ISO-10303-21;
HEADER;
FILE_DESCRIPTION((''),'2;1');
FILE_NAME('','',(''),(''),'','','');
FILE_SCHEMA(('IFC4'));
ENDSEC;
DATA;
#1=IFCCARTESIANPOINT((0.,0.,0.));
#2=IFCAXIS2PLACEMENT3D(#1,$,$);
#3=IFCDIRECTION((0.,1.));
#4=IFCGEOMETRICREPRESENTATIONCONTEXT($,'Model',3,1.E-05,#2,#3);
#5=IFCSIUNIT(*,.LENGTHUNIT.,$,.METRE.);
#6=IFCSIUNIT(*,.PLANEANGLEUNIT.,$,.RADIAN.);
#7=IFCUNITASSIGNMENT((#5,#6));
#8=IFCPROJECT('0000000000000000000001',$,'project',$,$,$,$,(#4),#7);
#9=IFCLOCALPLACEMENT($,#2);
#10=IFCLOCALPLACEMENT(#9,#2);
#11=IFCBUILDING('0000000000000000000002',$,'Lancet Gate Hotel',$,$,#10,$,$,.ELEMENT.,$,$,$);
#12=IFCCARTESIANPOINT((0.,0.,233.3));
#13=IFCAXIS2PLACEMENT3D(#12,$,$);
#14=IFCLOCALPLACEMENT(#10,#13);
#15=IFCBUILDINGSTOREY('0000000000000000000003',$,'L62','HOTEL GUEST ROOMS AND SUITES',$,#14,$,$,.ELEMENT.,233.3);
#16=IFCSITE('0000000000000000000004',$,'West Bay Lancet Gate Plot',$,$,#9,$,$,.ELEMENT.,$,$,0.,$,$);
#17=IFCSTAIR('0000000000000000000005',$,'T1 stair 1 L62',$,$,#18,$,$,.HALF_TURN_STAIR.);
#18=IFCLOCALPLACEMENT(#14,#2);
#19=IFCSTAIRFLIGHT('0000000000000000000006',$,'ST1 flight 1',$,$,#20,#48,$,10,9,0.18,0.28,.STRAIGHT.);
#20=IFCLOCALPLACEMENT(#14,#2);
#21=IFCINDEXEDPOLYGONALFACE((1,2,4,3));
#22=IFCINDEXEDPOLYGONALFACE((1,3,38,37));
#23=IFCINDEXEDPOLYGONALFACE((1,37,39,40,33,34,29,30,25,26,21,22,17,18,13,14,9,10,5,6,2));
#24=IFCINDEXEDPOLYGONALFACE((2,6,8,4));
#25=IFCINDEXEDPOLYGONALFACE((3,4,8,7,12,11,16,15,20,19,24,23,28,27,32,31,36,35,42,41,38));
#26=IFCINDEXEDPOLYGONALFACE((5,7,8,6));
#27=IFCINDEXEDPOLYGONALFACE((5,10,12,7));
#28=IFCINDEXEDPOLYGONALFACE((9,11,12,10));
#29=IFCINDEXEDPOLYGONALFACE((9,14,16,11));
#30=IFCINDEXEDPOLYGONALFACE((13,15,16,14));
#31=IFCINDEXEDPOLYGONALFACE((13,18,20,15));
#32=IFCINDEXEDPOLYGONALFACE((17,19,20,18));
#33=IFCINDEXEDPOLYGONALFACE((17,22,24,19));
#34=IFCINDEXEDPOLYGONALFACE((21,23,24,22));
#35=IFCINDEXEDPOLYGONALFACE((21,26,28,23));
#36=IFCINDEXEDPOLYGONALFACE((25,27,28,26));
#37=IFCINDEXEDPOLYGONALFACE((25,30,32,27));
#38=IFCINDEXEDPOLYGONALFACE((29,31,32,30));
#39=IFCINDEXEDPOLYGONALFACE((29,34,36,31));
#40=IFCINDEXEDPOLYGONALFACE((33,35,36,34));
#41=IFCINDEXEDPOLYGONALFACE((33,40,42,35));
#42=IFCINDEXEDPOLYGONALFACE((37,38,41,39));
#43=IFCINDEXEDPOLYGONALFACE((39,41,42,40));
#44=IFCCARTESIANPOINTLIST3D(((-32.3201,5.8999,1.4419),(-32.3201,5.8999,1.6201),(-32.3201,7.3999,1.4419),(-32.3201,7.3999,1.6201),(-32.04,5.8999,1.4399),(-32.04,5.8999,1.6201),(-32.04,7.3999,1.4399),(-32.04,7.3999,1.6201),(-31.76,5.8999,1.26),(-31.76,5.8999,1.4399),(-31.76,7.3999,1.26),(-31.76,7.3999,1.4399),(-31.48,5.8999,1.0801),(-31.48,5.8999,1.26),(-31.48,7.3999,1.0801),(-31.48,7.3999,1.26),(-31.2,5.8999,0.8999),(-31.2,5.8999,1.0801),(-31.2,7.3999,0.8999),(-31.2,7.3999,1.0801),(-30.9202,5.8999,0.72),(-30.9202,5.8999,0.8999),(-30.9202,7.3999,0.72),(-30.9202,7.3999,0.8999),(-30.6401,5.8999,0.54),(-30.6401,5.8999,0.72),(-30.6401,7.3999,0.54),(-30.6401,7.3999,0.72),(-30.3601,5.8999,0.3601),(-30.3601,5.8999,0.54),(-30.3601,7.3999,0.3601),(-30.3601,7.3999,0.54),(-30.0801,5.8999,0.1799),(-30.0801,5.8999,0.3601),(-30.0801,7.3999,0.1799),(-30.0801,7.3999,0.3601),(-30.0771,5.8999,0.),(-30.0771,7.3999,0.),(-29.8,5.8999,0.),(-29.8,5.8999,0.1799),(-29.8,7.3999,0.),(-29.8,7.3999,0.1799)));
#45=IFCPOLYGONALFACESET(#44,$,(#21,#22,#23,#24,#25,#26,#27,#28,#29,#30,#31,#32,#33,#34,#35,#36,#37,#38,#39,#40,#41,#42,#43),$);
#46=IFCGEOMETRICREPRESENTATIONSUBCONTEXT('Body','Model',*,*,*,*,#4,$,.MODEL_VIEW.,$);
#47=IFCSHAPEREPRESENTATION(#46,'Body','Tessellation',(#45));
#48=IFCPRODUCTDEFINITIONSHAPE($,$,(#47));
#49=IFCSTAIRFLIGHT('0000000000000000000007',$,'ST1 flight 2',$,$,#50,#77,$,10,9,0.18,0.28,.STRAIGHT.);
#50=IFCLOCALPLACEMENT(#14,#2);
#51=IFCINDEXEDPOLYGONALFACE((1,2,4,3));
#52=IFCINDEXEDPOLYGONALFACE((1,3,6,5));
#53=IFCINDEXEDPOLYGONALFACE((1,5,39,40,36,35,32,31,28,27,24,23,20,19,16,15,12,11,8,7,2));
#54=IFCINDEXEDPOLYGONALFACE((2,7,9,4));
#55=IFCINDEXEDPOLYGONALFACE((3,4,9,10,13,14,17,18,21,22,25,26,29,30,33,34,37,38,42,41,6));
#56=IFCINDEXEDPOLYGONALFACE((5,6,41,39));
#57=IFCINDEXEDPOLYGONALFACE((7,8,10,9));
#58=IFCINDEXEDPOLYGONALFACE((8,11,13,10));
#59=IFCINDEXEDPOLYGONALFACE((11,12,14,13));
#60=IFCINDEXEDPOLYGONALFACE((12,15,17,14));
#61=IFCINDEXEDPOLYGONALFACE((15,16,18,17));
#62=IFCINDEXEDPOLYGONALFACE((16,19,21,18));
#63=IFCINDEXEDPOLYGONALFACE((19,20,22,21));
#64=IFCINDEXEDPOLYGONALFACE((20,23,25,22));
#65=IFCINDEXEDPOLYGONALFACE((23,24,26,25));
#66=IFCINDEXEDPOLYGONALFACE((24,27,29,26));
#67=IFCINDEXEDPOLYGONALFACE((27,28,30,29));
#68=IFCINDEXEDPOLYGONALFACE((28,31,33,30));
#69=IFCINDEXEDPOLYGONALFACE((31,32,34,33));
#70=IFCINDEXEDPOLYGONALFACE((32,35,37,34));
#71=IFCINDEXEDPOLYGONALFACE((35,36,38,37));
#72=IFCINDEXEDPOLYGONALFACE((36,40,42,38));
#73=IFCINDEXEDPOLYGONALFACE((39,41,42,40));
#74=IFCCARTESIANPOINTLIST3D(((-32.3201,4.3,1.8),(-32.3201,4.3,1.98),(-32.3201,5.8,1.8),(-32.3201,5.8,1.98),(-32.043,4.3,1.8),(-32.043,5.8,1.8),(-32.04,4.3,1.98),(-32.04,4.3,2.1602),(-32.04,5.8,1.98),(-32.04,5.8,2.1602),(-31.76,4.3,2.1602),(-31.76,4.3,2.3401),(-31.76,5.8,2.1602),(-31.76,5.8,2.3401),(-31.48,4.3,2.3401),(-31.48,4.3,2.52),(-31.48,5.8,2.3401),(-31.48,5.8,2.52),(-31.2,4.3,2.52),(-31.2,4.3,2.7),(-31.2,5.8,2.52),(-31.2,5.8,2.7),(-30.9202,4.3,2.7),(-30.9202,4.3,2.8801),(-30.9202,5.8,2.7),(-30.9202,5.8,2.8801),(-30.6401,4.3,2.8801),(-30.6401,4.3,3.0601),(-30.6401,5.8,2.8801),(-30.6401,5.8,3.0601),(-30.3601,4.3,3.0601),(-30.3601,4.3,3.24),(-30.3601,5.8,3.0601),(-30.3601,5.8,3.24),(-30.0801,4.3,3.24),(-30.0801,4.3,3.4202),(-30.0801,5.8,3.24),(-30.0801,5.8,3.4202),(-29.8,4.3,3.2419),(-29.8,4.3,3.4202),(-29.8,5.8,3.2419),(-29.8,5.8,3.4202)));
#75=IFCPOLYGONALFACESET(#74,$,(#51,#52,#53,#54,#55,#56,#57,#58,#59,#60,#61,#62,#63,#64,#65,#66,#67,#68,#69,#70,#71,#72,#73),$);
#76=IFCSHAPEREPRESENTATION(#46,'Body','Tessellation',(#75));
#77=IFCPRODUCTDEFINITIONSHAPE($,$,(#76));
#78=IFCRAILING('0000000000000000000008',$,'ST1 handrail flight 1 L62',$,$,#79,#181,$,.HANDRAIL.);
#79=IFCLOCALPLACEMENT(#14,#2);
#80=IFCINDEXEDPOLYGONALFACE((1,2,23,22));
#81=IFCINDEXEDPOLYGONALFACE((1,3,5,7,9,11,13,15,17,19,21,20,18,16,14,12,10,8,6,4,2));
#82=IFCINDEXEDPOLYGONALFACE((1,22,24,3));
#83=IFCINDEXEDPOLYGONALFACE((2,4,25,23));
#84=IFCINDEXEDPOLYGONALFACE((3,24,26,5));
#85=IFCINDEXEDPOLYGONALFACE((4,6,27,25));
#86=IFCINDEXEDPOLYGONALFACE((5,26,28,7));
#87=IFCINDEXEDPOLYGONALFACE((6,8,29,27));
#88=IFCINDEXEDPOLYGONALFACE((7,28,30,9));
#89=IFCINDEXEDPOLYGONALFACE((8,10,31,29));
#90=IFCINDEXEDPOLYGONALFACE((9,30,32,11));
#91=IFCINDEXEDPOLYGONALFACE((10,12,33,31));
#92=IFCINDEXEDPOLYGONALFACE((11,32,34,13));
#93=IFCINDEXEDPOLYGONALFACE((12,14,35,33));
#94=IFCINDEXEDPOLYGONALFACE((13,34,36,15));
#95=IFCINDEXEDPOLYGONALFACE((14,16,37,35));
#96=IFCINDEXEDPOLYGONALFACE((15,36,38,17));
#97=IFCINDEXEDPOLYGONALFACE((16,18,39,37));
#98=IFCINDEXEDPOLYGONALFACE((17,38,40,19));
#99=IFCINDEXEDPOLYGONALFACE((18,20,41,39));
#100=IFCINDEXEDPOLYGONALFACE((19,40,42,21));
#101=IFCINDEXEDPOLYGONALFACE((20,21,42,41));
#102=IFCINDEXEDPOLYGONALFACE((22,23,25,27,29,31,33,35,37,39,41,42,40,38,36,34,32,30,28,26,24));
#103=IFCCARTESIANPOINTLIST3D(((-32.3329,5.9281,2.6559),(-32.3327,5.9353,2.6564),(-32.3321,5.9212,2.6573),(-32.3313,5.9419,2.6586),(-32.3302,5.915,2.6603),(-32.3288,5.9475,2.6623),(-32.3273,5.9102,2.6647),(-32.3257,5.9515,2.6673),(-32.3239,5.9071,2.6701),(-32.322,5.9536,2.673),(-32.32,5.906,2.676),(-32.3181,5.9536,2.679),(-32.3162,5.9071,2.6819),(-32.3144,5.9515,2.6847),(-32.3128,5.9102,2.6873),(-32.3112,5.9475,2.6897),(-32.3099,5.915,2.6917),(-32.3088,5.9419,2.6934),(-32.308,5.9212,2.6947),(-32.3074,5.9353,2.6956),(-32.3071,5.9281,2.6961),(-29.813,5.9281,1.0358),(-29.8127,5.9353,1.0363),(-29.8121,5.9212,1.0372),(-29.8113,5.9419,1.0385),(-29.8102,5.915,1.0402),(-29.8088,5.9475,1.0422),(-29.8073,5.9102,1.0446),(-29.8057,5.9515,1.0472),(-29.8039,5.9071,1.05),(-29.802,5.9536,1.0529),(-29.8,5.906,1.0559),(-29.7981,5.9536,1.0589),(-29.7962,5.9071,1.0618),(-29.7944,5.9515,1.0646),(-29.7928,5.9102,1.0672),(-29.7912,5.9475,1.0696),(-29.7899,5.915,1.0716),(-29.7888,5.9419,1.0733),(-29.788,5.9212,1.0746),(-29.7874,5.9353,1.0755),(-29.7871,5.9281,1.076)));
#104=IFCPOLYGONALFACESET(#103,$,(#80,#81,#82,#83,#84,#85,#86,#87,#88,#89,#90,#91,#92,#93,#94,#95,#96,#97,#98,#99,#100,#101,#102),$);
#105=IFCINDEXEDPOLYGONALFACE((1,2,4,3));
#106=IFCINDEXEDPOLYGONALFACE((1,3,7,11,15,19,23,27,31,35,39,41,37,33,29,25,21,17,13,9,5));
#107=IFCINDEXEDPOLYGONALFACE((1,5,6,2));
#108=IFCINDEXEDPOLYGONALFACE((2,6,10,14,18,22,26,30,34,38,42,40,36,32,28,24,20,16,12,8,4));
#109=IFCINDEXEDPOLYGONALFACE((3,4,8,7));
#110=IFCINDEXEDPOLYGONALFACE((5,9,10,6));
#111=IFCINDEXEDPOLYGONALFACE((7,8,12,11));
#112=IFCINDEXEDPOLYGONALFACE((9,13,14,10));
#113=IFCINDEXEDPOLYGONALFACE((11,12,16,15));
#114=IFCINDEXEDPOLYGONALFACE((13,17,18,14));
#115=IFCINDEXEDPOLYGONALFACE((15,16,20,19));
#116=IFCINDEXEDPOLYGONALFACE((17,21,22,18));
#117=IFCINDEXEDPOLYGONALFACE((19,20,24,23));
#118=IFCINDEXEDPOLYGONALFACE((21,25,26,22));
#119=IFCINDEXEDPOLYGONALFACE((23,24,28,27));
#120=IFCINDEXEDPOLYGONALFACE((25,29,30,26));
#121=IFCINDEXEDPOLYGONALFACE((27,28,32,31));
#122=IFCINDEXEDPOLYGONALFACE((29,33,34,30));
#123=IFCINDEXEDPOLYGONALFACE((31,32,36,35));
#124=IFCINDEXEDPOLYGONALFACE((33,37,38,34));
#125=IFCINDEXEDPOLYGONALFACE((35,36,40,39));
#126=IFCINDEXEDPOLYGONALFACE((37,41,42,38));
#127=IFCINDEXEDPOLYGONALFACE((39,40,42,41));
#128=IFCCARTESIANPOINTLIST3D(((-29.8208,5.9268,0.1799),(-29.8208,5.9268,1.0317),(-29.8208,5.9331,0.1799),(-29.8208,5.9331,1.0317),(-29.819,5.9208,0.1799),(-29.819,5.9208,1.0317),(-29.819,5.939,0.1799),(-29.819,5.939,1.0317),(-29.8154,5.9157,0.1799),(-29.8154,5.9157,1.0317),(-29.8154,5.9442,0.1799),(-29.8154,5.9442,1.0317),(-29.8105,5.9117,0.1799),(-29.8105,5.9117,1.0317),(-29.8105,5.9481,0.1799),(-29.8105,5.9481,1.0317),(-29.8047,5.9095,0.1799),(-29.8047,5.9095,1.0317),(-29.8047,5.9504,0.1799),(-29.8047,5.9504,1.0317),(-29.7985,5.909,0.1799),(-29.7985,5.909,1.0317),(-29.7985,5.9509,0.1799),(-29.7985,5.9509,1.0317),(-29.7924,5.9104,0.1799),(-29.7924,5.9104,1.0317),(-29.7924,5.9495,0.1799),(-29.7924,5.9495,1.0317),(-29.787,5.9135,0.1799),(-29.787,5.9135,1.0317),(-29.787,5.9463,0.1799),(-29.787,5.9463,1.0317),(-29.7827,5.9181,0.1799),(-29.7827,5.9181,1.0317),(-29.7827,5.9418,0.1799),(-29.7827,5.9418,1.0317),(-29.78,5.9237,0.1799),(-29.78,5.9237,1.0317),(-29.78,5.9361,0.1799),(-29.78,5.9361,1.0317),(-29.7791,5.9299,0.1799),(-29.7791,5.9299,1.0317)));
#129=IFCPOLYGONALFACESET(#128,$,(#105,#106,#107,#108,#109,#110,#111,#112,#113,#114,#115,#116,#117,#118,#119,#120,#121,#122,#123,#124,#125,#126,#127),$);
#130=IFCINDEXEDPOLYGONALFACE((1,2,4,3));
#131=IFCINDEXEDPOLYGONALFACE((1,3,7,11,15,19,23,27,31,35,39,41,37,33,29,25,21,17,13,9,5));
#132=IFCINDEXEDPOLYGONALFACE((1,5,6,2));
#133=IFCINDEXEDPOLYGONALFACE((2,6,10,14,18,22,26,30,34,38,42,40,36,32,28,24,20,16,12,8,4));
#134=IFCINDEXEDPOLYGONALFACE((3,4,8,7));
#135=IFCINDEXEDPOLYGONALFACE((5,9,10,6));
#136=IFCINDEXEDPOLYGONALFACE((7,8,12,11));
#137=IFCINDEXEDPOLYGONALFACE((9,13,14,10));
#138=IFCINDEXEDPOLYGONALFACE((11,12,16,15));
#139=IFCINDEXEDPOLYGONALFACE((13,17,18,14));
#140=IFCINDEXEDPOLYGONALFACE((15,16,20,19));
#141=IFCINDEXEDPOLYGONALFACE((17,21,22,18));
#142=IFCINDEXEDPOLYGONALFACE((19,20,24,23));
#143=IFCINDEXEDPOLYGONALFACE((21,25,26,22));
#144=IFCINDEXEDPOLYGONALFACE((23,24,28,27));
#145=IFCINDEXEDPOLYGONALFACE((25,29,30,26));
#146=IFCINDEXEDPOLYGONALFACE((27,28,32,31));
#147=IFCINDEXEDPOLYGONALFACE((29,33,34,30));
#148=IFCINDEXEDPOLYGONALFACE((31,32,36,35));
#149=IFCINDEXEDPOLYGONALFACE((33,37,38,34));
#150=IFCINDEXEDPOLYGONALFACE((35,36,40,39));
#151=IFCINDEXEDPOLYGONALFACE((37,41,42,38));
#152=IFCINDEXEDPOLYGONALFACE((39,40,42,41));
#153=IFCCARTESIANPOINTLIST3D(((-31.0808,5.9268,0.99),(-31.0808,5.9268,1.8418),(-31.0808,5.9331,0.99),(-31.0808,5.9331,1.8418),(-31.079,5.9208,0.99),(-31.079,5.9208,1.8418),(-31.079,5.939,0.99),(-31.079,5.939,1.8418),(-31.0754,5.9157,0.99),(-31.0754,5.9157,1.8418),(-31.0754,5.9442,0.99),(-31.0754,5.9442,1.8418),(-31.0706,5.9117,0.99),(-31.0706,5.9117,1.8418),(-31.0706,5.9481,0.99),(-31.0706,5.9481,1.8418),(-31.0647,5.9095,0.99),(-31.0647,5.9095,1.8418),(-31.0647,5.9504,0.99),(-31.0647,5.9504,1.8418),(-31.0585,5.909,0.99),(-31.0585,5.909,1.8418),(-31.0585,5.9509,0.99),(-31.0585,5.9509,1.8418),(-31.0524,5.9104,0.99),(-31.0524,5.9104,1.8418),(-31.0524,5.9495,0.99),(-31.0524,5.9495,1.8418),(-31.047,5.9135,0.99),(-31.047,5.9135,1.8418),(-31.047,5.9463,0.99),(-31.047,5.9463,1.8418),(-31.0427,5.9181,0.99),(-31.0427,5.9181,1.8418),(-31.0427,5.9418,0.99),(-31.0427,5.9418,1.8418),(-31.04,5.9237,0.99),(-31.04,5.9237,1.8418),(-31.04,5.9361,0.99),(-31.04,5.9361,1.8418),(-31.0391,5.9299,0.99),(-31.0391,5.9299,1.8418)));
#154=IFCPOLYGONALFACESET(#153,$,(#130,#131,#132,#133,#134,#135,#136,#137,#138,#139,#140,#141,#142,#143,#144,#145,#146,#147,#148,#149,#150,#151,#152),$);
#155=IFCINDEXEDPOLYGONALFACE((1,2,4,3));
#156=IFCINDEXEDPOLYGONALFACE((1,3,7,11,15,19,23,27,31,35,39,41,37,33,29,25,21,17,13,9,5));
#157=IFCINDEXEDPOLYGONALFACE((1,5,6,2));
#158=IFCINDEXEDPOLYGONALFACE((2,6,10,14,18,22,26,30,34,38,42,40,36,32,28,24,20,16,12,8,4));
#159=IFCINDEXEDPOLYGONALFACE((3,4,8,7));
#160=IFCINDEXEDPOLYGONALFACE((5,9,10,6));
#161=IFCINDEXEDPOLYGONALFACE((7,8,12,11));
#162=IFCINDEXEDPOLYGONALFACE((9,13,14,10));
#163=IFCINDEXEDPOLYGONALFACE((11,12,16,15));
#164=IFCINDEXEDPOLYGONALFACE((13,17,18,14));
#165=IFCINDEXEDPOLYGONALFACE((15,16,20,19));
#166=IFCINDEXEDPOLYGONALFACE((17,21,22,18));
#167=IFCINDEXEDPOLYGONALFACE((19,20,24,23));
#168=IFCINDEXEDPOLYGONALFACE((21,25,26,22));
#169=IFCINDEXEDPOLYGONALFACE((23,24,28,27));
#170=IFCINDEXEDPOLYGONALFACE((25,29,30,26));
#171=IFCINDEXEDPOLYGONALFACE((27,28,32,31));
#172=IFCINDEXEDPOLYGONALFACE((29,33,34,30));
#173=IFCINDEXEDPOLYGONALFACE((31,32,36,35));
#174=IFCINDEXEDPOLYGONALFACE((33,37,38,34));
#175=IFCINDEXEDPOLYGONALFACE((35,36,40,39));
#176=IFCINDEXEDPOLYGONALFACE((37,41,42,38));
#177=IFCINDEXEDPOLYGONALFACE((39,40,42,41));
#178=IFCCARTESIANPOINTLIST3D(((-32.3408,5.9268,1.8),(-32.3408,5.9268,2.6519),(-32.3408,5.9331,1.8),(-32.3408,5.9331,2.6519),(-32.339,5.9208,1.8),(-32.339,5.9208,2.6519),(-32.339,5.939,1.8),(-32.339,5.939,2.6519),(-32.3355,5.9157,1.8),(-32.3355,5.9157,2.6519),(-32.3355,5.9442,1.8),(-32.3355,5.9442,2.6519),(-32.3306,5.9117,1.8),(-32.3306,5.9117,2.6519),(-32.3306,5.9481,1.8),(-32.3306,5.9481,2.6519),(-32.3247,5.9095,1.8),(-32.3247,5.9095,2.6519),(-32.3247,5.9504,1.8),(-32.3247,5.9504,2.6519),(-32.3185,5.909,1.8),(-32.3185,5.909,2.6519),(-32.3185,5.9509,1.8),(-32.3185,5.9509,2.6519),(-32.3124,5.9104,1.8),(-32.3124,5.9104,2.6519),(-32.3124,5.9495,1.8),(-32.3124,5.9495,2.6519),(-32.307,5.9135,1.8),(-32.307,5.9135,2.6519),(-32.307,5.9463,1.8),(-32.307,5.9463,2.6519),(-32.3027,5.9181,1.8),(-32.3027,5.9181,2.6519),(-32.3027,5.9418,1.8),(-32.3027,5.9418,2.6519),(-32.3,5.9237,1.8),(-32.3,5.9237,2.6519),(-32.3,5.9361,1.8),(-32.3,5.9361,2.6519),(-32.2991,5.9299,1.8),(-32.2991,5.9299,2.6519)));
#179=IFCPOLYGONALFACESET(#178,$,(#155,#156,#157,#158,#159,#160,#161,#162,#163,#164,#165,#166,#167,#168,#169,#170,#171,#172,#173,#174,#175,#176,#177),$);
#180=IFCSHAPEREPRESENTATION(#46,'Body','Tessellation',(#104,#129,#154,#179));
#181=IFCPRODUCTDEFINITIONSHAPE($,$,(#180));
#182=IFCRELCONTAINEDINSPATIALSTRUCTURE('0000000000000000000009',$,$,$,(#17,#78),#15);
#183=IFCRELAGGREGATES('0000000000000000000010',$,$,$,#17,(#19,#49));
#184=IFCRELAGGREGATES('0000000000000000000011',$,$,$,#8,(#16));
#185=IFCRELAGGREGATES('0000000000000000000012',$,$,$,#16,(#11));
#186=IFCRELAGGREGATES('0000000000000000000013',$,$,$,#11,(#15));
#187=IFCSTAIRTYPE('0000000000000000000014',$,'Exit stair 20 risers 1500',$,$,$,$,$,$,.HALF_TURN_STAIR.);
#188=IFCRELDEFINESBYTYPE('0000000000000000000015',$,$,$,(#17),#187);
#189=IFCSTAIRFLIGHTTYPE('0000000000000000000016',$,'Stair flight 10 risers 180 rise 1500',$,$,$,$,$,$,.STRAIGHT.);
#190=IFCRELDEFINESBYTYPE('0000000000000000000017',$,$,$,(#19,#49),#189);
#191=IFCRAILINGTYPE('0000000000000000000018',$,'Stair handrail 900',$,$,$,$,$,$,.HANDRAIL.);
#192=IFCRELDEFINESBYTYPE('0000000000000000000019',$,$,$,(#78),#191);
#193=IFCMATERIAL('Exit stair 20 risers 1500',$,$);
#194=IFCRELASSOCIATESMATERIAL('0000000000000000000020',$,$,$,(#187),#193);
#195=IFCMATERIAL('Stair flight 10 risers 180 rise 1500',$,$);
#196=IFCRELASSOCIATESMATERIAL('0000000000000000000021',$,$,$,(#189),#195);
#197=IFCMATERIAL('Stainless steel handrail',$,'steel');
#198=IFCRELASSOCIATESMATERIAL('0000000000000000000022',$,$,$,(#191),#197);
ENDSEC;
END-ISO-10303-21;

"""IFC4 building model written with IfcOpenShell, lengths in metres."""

from ifc_helpers import new_model, si_unit, direction, frame, origin, origin_2d, place, context, subcontext, project, spatial, polyline, circle, outline, extrude, material, type_object, element, aggregate, save


model = new_model("IFC4")

# Units and contexts
model_context = context("Model", 3, precision=1e-05, world=origin(), true_north=direction((0.0, 1.0)))
body_context = subcontext(model_context, "Body", "Model", "MODEL_VIEW")
ifc_project = project(units=[si_unit("LENGTHUNIT", "METRE"), si_unit("PLANEANGLEUNIT", "RADIAN")], contexts=[model_context])

# Site, building, storey
site_placement = place(None, origin())
site = spatial("IfcSite", under=ifc_project, at=site_placement, Name="West Bay Lancet Gate Plot", CompositionType="ELEMENT", RefElevation=0.0)
building_placement = place(site_placement, origin())
building = spatial("IfcBuilding", under=site, at=building_placement, Name="Lancet Gate Hotel", CompositionType="ELEMENT")
storey_placement = place(building_placement, frame((0.0, 0.0, 233.3)))
storey = spatial("IfcBuildingStorey", under=building, at=storey_placement, Name="L62", Description="HOTEL GUEST ROOMS AND SUITES", CompositionType="ELEMENT", Elevation=233.3)

# Stair, stair flights
ifc_material_1 = material(Name="Exit stair 20 risers 1500")
stair_type = type_object("IfcStairType", Name="Exit stair 20 risers 1500", PredefinedType="HALF_TURN_STAIR", material=ifc_material_1)
stair_placement = place(storey_placement, origin())
stair = element("IfcStair", 1, at=stair_placement, inside=storey, type_object=stair_type, Name="T1 stair 1 L62", PredefinedType="HALF_TURN_STAIR")
ifc_material_2 = material(Name="Stair flight 10 risers 180 rise 1500")
stair_flight_type = type_object("IfcStairFlightType", Name="Stair flight 10 risers 180 rise 1500", PredefinedType="STRAIGHT", material=ifc_material_2)
stair_flight_1_placement = place(storey_placement, frame((-29.8, 6.6499, 0.0), z_axis=(0.0, 0.0, 1.0), x_axis=(-1.0, 0.0, 0.0)))
stair_flight_1 = element("IfcStairFlight", 2, at=stair_flight_1_placement, type_object=stair_flight_type, Name="ST1 flight 1", NumberOfRisers=10, NumberOfTreads=9, PredefinedType="STRAIGHT", RiserHeight=0.18, TreadLength=0.28, context=body_context, shape_type="SweptSolid", body=[
    extrude(outline(polyline([(0.0, 0.0), (0.0, 0.1799), (0.28, 0.1799), (0.28, 0.3601), (0.5601, 0.3601), (0.5601, 0.54), (0.8401, 0.54), (0.8401, 0.72), (1.1201, 0.72), (1.1201, 0.8999), (1.3999, 0.8999), (1.3999, 1.0801), (1.6799, 1.0801), (1.6799, 1.26), (1.96, 1.26), (1.96, 1.4399), (2.24, 1.4399), (2.24, 1.6201), (2.52, 1.6201), (2.52, 1.8), (2.52, 1.4419), (0.2771, 0.0), (0.0, 0.0)])), frame((0.0, 0.75, 0.0), z_axis=(0.0, -1.0, 0.0), x_axis=(1.0, 0.0, 0.0)), (0.0, 0.0, 1.0), 1.5),
])
stair_flight_2_placement = place(storey_placement, frame((-32.3201, 5.05, 1.8), z_axis=(0.0, 0.0, 1.0), x_axis=(1.0, 0.0, 0.0)))
stair_flight_2 = element("IfcStairFlight", 3, at=stair_flight_2_placement, type_object=stair_flight_type, Name="ST1 flight 2", NumberOfRisers=10, NumberOfTreads=9, PredefinedType="STRAIGHT", RiserHeight=0.18, TreadLength=0.28, context=body_context, shape_type="SweptSolid", body=[
    extrude(outline(polyline([(0.0, 0.0), (0.0, 0.1799), (0.28, 0.1799), (0.28, 0.3601), (0.5601, 0.3601), (0.5601, 0.54), (0.8401, 0.54), (0.8401, 0.72), (1.1201, 0.72), (1.1201, 0.8999), (1.3999, 0.8999), (1.3999, 1.0801), (1.6799, 1.0801), (1.6799, 1.26), (1.96, 1.26), (1.96, 1.4399), (2.24, 1.4399), (2.24, 1.6201), (2.52, 1.6201), (2.52, 1.8), (2.52, 1.4419), (0.2771, 0.0), (0.0, 0.0)])), frame((0.0, 0.75, 0.0), z_axis=(0.0, -1.0, 0.0), x_axis=(1.0, 0.0, 0.0)), (0.0, 0.0, 1.0), 1.5),
])
aggregate(stair, [stair_flight_1, stair_flight_2])

# Railing
ifc_material_3 = material(Name="Stainless steel handrail", Category="steel")
railing_type = type_object("IfcRailingType", Name="Stair handrail 900", PredefinedType="HANDRAIL", material=ifc_material_3)
railing_1_placement = place(storey_placement, frame((-29.8, 5.9299, 0.1799)))
element("IfcRailing", 4, at=railing_1_placement, inside=storey, type_object=railing_type, Name="ST1 handrail flight 1 L62", PredefinedType="HANDRAIL", context=body_context, shape_type="SweptSolid", body=[
    extrude(circle(Radius=0.0239, at=origin_2d()), frame((0.0, 0.0, 0.876), z_axis=(-0.841163, 0.0, 0.540782), x_axis=(0.0, -1.0, 0.0)), (0.0, 0.0, 1.0), 2.9958),
    extrude(circle(Radius=0.021, at=origin_2d()), origin(), (0.0, 0.0, 1.0), 0.8518),
    extrude(circle(Radius=0.021, at=origin_2d()), frame((-1.26, 0.0, 0.8101)), (0.0, 0.0, 1.0), 0.8518),
    extrude(circle(Radius=0.021, at=origin_2d()), frame((-2.52, 0.0, 1.6201)), (0.0, 0.0, 1.0), 0.8518),
])

save(model, "model.ifc")
